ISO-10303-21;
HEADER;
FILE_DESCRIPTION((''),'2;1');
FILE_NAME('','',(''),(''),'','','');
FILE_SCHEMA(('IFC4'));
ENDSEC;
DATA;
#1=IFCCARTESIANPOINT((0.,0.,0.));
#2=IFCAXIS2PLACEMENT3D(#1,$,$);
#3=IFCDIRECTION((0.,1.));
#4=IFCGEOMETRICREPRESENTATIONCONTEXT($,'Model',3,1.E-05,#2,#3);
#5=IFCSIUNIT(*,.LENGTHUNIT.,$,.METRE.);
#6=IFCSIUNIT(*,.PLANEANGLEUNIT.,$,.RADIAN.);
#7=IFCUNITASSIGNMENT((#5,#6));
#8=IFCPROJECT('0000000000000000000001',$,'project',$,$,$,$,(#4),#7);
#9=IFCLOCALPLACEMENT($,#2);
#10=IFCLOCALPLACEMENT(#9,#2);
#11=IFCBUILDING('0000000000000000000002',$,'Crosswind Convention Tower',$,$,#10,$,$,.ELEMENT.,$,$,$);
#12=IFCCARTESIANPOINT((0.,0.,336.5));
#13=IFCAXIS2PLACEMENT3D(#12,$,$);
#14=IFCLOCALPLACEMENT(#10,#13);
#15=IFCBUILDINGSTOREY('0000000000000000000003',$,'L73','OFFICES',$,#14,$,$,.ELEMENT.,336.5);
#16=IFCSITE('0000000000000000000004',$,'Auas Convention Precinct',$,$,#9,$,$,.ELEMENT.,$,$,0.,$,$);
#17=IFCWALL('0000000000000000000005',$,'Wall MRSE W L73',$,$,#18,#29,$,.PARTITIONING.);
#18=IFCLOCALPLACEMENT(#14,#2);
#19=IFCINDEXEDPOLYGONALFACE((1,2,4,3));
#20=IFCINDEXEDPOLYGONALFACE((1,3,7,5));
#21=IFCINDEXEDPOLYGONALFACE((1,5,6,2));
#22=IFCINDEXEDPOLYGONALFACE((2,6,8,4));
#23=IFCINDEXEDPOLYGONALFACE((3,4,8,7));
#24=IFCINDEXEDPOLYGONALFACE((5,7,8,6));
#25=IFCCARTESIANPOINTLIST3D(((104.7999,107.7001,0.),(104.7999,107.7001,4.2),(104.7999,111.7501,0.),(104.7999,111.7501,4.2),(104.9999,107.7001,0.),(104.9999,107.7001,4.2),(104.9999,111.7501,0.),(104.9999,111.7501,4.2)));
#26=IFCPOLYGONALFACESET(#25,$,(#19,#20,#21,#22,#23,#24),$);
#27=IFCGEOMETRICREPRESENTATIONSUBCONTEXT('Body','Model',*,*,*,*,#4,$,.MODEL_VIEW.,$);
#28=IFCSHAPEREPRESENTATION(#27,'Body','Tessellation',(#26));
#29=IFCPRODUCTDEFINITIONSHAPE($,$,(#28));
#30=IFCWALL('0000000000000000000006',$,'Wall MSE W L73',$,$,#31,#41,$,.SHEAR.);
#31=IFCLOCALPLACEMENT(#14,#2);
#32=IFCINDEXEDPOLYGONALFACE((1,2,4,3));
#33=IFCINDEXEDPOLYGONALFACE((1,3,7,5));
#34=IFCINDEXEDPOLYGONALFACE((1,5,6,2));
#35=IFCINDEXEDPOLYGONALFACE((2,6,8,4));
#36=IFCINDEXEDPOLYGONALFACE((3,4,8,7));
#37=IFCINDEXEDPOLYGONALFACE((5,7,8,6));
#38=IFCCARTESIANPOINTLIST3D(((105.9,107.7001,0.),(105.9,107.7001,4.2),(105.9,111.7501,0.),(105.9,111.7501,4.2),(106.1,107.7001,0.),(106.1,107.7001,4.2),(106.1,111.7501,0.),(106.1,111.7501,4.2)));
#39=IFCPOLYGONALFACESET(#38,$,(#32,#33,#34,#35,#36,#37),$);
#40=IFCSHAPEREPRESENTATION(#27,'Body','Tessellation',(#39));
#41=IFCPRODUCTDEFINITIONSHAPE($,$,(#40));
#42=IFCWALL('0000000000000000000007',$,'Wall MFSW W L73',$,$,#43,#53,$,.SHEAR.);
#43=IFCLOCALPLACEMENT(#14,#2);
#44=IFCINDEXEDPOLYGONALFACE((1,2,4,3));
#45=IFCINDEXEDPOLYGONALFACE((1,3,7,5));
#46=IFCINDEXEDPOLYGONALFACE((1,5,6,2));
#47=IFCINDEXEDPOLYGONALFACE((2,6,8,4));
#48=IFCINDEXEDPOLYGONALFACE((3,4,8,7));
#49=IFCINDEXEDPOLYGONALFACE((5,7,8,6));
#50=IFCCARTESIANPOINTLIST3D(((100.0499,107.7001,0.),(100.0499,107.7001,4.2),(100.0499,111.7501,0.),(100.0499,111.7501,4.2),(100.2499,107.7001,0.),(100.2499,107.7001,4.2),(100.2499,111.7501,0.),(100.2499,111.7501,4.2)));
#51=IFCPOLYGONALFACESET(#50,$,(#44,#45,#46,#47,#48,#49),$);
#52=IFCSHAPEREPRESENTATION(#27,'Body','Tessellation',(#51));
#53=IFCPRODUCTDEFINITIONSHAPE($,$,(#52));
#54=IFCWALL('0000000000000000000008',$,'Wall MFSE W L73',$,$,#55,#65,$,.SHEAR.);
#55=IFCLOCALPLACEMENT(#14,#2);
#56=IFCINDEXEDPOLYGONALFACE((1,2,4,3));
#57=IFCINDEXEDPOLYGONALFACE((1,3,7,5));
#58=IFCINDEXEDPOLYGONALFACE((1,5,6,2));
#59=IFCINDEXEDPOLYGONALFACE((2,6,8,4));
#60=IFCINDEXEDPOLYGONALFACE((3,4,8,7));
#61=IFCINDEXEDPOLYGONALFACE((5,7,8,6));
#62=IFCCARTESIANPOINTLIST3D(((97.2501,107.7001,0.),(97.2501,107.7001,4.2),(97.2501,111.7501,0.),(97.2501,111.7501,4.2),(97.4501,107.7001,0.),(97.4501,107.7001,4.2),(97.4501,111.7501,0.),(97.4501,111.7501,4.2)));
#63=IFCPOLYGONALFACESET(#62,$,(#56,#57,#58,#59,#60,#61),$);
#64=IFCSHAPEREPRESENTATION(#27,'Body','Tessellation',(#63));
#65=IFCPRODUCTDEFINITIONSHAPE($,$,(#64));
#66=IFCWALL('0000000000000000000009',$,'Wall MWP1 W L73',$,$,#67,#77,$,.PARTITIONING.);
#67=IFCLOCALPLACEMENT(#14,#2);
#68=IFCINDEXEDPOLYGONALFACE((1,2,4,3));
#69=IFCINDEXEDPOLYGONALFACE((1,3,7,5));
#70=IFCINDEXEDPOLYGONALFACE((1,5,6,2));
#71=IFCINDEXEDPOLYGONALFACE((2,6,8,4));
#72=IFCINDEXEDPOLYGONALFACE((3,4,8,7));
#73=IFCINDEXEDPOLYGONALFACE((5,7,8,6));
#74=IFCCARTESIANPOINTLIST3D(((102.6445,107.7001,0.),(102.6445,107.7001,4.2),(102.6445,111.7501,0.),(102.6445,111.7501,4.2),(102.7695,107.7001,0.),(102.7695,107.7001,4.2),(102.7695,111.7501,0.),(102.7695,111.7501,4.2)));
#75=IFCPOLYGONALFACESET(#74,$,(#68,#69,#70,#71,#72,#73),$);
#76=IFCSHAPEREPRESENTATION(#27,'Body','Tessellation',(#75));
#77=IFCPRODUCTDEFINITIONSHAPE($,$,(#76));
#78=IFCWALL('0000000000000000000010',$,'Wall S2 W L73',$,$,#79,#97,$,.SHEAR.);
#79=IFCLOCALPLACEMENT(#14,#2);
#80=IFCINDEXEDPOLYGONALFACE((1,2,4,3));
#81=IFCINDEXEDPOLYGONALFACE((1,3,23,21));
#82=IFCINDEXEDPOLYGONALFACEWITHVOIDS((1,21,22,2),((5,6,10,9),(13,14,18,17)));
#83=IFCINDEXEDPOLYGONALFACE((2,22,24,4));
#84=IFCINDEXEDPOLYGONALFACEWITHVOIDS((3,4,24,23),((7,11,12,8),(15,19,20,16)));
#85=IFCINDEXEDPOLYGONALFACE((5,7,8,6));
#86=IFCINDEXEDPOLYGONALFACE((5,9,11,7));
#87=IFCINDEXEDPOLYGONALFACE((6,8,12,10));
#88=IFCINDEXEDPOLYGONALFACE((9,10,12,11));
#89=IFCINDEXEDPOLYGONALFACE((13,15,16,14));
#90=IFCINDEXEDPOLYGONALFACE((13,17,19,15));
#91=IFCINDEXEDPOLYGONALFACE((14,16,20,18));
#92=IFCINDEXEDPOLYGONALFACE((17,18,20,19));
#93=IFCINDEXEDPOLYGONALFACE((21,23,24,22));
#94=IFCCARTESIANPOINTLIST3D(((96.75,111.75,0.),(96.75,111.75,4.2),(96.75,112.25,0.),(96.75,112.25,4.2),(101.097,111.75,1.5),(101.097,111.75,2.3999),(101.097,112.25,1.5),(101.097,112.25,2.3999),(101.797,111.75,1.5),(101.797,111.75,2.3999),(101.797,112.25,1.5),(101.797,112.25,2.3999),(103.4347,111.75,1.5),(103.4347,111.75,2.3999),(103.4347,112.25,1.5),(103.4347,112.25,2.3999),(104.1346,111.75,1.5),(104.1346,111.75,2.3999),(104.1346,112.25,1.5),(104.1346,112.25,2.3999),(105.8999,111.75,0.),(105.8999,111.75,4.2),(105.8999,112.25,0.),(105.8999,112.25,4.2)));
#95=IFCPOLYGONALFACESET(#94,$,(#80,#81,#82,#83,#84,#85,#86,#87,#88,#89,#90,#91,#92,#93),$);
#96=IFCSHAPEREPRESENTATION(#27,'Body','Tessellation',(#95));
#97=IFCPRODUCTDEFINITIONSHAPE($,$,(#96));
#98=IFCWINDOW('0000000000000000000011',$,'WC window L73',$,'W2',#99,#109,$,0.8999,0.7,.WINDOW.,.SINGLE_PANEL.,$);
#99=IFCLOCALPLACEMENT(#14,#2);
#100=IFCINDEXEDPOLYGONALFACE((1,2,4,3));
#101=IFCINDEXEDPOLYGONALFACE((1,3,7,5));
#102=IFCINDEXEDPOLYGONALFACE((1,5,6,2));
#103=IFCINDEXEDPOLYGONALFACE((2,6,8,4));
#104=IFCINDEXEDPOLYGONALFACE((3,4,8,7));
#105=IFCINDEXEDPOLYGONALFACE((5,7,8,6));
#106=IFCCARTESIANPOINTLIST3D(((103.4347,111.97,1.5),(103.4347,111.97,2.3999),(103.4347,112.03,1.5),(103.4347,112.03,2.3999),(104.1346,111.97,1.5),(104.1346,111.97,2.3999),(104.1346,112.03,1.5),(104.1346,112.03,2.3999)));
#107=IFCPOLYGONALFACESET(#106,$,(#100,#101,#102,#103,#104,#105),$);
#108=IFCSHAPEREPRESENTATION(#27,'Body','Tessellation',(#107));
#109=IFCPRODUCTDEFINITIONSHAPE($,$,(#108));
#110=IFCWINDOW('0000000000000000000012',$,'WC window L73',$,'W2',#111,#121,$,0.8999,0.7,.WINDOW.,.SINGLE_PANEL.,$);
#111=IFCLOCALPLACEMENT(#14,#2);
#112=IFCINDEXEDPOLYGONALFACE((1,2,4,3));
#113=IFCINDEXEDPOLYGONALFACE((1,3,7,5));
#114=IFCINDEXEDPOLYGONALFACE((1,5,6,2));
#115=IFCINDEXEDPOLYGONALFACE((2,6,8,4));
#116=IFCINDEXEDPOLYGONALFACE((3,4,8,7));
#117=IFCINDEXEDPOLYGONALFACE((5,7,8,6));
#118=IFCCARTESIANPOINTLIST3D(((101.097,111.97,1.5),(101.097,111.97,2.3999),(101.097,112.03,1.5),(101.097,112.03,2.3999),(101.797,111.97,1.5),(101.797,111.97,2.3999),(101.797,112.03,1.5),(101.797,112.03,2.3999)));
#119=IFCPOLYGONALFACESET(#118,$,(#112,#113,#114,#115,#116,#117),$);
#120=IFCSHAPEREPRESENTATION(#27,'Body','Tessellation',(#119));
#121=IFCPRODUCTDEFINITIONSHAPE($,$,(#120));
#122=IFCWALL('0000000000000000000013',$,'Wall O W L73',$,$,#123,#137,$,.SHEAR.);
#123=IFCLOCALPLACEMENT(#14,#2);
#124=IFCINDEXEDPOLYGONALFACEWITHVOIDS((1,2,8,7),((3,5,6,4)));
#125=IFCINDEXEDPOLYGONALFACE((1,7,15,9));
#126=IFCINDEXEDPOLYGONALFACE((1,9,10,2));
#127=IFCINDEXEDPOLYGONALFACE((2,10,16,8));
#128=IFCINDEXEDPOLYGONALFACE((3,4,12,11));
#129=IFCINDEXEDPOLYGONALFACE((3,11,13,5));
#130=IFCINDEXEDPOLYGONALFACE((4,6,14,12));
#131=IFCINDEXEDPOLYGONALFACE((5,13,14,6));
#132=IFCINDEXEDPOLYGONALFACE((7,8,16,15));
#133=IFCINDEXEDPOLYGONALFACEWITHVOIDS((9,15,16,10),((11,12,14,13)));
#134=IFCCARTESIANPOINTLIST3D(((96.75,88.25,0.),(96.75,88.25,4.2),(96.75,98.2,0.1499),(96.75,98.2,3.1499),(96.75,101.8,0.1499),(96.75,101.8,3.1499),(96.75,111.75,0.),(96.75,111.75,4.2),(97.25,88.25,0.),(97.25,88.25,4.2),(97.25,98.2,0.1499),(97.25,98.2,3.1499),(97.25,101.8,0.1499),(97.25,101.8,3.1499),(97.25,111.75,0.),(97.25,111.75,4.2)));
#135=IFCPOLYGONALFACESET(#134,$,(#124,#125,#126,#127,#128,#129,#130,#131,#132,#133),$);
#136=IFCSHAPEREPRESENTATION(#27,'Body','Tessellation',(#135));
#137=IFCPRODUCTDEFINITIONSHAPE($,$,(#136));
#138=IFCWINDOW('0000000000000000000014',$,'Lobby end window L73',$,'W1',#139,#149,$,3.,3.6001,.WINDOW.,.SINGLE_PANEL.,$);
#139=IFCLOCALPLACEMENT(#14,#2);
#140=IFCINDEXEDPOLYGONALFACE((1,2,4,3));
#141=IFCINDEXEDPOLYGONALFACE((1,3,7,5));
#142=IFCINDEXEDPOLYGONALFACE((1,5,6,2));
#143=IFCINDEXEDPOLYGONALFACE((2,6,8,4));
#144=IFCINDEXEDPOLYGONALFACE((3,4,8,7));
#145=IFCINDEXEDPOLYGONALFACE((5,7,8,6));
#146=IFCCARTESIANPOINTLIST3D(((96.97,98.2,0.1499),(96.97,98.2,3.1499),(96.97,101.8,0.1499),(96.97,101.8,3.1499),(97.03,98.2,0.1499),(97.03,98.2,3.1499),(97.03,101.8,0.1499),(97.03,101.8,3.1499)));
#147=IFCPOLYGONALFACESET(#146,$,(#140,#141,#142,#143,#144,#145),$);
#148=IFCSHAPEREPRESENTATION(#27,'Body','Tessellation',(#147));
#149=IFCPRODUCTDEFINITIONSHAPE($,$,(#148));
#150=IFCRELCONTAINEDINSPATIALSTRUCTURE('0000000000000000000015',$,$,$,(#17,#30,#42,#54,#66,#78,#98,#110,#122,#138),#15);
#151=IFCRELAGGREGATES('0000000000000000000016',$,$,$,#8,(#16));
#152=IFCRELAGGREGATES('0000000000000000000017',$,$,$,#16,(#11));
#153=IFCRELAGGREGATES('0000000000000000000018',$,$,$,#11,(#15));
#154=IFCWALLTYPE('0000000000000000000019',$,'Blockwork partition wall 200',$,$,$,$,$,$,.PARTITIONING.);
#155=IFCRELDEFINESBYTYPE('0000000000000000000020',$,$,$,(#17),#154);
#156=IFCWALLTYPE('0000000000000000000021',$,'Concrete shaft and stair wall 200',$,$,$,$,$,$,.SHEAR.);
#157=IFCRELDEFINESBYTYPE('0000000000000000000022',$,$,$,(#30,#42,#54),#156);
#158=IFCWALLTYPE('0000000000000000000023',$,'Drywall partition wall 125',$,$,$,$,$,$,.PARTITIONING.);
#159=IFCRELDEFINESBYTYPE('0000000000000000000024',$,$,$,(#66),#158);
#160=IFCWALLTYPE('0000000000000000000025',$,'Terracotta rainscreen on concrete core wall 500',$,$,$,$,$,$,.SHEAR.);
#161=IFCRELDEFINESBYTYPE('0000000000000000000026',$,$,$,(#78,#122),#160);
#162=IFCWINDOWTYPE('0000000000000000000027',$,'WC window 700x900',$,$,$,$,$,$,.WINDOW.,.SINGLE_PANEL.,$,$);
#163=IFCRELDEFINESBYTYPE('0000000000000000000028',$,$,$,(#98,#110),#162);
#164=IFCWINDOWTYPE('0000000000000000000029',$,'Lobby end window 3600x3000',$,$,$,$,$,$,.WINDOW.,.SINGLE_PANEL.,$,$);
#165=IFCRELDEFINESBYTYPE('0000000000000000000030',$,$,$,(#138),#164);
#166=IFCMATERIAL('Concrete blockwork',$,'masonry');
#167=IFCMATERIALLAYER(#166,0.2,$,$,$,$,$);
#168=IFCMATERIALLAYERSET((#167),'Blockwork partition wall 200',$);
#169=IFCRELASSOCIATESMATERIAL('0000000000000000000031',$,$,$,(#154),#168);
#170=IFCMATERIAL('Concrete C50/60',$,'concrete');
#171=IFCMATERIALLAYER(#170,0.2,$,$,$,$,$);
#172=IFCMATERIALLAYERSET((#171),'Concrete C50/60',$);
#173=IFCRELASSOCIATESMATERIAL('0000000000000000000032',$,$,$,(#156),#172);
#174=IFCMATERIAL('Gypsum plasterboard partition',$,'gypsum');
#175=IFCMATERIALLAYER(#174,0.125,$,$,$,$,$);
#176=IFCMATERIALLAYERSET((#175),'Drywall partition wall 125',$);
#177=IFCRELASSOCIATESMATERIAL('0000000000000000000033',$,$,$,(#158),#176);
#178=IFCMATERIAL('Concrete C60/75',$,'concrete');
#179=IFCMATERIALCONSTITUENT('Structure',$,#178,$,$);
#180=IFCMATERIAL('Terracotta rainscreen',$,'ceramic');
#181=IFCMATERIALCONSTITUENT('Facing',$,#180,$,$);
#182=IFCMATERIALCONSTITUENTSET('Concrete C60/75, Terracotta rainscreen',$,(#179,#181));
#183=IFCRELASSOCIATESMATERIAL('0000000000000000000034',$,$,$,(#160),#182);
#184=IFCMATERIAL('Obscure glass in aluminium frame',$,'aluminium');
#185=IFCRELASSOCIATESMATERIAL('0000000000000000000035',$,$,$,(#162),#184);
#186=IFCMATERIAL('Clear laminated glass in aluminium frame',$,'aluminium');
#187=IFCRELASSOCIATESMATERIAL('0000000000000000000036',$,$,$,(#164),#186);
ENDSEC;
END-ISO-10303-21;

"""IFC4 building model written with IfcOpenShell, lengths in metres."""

from ifc_helpers import new_model, si_unit, direction, frame, frame_2d, origin, place, context, subcontext, project, spatial, rectangle, extrude, material, layer, layer_set, constituent, constituent_set, type_object, element, fill, save


model = new_model("IFC4")

# Units and contexts
model_context = context("Model", 3, precision=1e-05, world=origin(), true_north=direction((0.0, 1.0)))
body_context = subcontext(model_context, "Body", "Model", "MODEL_VIEW")
ifc_project = project(units=[si_unit("LENGTHUNIT", "METRE"), si_unit("PLANEANGLEUNIT", "RADIAN")], contexts=[model_context])

# Site, building, storey
site_placement = place(None, origin())
site = spatial("IfcSite", under=ifc_project, at=site_placement, Name="Auas Convention Precinct", CompositionType="ELEMENT", RefElevation=0.0)
building_placement = place(site_placement, origin())
building = spatial("IfcBuilding", under=site, at=building_placement, Name="Crosswind Convention Tower", CompositionType="ELEMENT")
storey_placement = place(building_placement, frame((0.0, 0.0, 336.5)))
storey = spatial("IfcBuildingStorey", under=building, at=storey_placement, Name="L73", Description="OFFICES", CompositionType="ELEMENT", Elevation=336.5)

# Walls
ifc_material_1 = material(Name="Concrete blockwork", Category="masonry")
ifc_layer_1 = layer(ifc_material_1, 0.2)
ifc_layer_set_1 = layer_set([ifc_layer_1], Name="Blockwork partition wall 200")
wall_type_1 = type_object("IfcWallType", Name="Blockwork partition wall 200", PredefinedType="PARTITIONING", material=ifc_layer_set_1)
wall_1_placement = place(storey_placement, frame((104.8999, 111.75, 0.0), z_axis=(0.0, 0.0, 1.0), x_axis=(0.0, -1.0, 0.0)))
element("IfcWall", 1, at=wall_1_placement, inside=storey, type_object=wall_type_1, Name="Wall MRSE W L73", PredefinedType="PARTITIONING", context=body_context, shape_type="SweptSolid", body=[
    extrude(rectangle(XDim=4.05, YDim=0.2, at=frame_2d((2.0249, 0.0))), origin(), (0.0, 0.0, 1.0), 4.2),
])
ifc_material_2 = material(Name="Concrete C50/60", Category="concrete")
ifc_layer_2 = layer(ifc_material_2, 0.2)
ifc_layer_set_2 = layer_set([ifc_layer_2], Name="Concrete C50/60")
wall_type_2 = type_object("IfcWallType", Name="Concrete shaft and stair wall 200", PredefinedType="SHEAR", material=ifc_layer_set_2)
for number, where, z_axis, x_axis, name in (
    (2, (106.0, 111.75, 0.0), (0.0, 0.0, 1.0), (0.0, -1.0, 0.0), "Wall MSE W L73"),
    (3, (100.1499, 111.75, 0.0), (0.0, 0.0, 1.0), (0.0, -1.0, 0.0), "Wall MFSW W L73"),
    (4, (97.3501, 111.75, 0.0), (0.0, 0.0, 1.0), (0.0, -1.0, 0.0), "Wall MFSE W L73"),
):
    element("IfcWall", number, at=place(storey_placement, frame(where, z_axis=z_axis, x_axis=x_axis)), inside=storey, type_object=wall_type_2, Name=name, PredefinedType="SHEAR", context=body_context, shape_type="SweptSolid", body=[
        extrude(rectangle(XDim=4.05, YDim=0.2, at=frame_2d((2.0249, 0.0))), origin(), (0.0, 0.0, 1.0), 4.2),
    ])
ifc_material_3 = material(Name="Gypsum plasterboard partition", Category="gypsum")
ifc_layer_3 = layer(ifc_material_3, 0.125)
ifc_layer_set_3 = layer_set([ifc_layer_3], Name="Drywall partition wall 125")
wall_type_3 = type_object("IfcWallType", Name="Drywall partition wall 125", PredefinedType="PARTITIONING", material=ifc_layer_set_3)
wall_2_placement = place(storey_placement, frame((102.707, 111.75, 0.0), z_axis=(0.0, 0.0, 1.0), x_axis=(0.0, -1.0, 0.0)))
element("IfcWall", 5, at=wall_2_placement, inside=storey, type_object=wall_type_3, Name="Wall MWP1 W L73", PredefinedType="PARTITIONING", context=body_context, shape_type="SweptSolid", body=[
    extrude(rectangle(XDim=4.05, YDim=0.125, at=frame_2d((2.0249, 0.0))), origin(), (0.0, 0.0, 1.0), 4.2),
])

# Wall, openings, windows
ifc_material_4 = material(Name="Concrete C60/75", Category="concrete")
ifc_constituent_1 = constituent(ifc_material_4, Name="Structure")
ifc_material_5 = material(Name="Terracotta rainscreen", Category="ceramic")
ifc_constituent_2 = constituent(ifc_material_5, Name="Facing")
ifc_constituent_set = constituent_set(constituents=[ifc_constituent_1, ifc_constituent_2], Name="Concrete C60/75, Terracotta rainscreen")
wall_type_4 = type_object("IfcWallType", Name="Terracotta rainscreen on concrete core wall 500", PredefinedType="SHEAR", material=ifc_constituent_set)
wall_3_placement = place(storey_placement, frame((105.8999, 112.0, 0.0), z_axis=(0.0, 0.0, 1.0), x_axis=(-1.0, 0.0, 0.0)))
wall_3 = element("IfcWall", 6, at=wall_3_placement, inside=storey, type_object=wall_type_4, Name="Wall S2 W L73", PredefinedType="SHEAR", context=body_context, shape_type="SweptSolid", body=[
    extrude(rectangle(XDim=9.1499, YDim=0.5, at=frame_2d((4.575, 0.0))), origin(), (0.0, 0.0, 1.0), 4.2),
])
opening_1_placement = place(wall_3_placement, frame((1.7651, 0.0, 1.5)))
opening_1 = element("IfcOpeningElement", 7, at=opening_1_placement, cuts=wall_3, PredefinedType="OPENING", context=body_context, shape_type="SweptSolid", body=[
    extrude(rectangle(XDim=0.7, YDim=0.8999, at=frame_2d((0.3501, 0.45))), frame((0.0, 0.26, 0.0), z_axis=(0.0, -1.0, 0.0), x_axis=(1.0, 0.0, 0.0)), (0.0, 0.0, 1.0), 0.52),
])
opening_2_placement = place(wall_3_placement, frame((4.1028, 0.0, 1.5)))
opening_2 = element("IfcOpeningElement", 8, at=opening_2_placement, cuts=wall_3, PredefinedType="OPENING", context=body_context, shape_type="SweptSolid", body=[
    extrude(rectangle(XDim=0.7, YDim=0.8999, at=frame_2d((0.3501, 0.45))), frame((0.0, 0.26, 0.0), z_axis=(0.0, -1.0, 0.0), x_axis=(1.0, 0.0, 0.0)), (0.0, 0.0, 1.0), 0.52),
])
ifc_material_6 = material(Name="Obscure glass in aluminium frame", Category="aluminium")
window_type_1 = type_object("IfcWindowType", Name="WC window 700x900", PartitioningType="SINGLE_PANEL", PredefinedType="WINDOW", material=ifc_material_6)
window_1_placement = place(opening_1_placement, origin())
window_1 = element("IfcWindow", 9, at=window_1_placement, inside=storey, type_object=window_type_1, Name="WC window L73", ObjectType="W2", OverallHeight=0.8999, OverallWidth=0.7, PartitioningType="SINGLE_PANEL", PredefinedType="WINDOW", context=body_context, shape_type="SweptSolid", body=[
    extrude(rectangle(XDim=0.7, YDim=0.8999, at=frame_2d((0.3501, 0.45))), frame((0.0, 0.03, 0.0), z_axis=(0.0, -1.0, 0.0), x_axis=(1.0, 0.0, 0.0)), (0.0, 0.0, 1.0), 0.0601),
])
fill(opening_1, window_1)
window_2_placement = place(opening_2_placement, origin())
window_2 = element("IfcWindow", 10, at=window_2_placement, inside=storey, type_object=window_type_1, Name="WC window L73", ObjectType="W2", OverallHeight=0.8999, OverallWidth=0.7, PartitioningType="SINGLE_PANEL", PredefinedType="WINDOW", context=body_context, shape_type="SweptSolid", body=[
    extrude(rectangle(XDim=0.7, YDim=0.8999, at=frame_2d((0.3501, 0.45))), frame((0.0, 0.03, 0.0), z_axis=(0.0, -1.0, 0.0), x_axis=(1.0, 0.0, 0.0)), (0.0, 0.0, 1.0), 0.0601),
])
fill(opening_2, window_2)

# Wall, opening, window
wall_4_placement = place(storey_placement, frame((97.0, 111.75, 0.0), z_axis=(0.0, 0.0, 1.0), x_axis=(0.0, -1.0, 0.0)))
wall_4 = element("IfcWall", 11, at=wall_4_placement, inside=storey, type_object=wall_type_4, Name="Wall O W L73", PredefinedType="SHEAR", context=body_context, shape_type="SweptSolid", body=[
    extrude(rectangle(XDim=23.5, YDim=0.5, at=frame_2d((11.75, 0.0))), origin(), (0.0, 0.0, 1.0), 4.2),
])
opening_3_placement = place(wall_4_placement, frame((9.95, 0.0, 0.1499)))
opening_3 = element("IfcOpeningElement", 12, at=opening_3_placement, cuts=wall_4, PredefinedType="OPENING", context=body_context, shape_type="SweptSolid", body=[
    extrude(rectangle(XDim=3.6001, YDim=3.0, at=frame_2d((1.8, 1.5))), frame((0.0, 0.26, 0.0), z_axis=(0.0, -1.0, 0.0), x_axis=(1.0, 0.0, 0.0)), (0.0, 0.0, 1.0), 0.52),
])
ifc_material_7 = material(Name="Clear laminated glass in aluminium frame", Category="aluminium")
window_type_2 = type_object("IfcWindowType", Name="Lobby end window 3600x3000", PartitioningType="SINGLE_PANEL", PredefinedType="WINDOW", material=ifc_material_7)
window_3_placement = place(opening_3_placement, origin())
window_3 = element("IfcWindow", 13, at=window_3_placement, inside=storey, type_object=window_type_2, Name="Lobby end window L73", ObjectType="W1", OverallHeight=3.0, OverallWidth=3.6001, PartitioningType="SINGLE_PANEL", PredefinedType="WINDOW", context=body_context, shape_type="SweptSolid", body=[
    extrude(rectangle(XDim=3.6001, YDim=3.0, at=frame_2d((1.8, 1.5))), frame((0.0, 0.03, 0.0), z_axis=(0.0, -1.0, 0.0), x_axis=(1.0, 0.0, 0.0)), (0.0, 0.0, 1.0), 0.0601),
])
fill(opening_3, window_3)

save(model, "model.ifc")
